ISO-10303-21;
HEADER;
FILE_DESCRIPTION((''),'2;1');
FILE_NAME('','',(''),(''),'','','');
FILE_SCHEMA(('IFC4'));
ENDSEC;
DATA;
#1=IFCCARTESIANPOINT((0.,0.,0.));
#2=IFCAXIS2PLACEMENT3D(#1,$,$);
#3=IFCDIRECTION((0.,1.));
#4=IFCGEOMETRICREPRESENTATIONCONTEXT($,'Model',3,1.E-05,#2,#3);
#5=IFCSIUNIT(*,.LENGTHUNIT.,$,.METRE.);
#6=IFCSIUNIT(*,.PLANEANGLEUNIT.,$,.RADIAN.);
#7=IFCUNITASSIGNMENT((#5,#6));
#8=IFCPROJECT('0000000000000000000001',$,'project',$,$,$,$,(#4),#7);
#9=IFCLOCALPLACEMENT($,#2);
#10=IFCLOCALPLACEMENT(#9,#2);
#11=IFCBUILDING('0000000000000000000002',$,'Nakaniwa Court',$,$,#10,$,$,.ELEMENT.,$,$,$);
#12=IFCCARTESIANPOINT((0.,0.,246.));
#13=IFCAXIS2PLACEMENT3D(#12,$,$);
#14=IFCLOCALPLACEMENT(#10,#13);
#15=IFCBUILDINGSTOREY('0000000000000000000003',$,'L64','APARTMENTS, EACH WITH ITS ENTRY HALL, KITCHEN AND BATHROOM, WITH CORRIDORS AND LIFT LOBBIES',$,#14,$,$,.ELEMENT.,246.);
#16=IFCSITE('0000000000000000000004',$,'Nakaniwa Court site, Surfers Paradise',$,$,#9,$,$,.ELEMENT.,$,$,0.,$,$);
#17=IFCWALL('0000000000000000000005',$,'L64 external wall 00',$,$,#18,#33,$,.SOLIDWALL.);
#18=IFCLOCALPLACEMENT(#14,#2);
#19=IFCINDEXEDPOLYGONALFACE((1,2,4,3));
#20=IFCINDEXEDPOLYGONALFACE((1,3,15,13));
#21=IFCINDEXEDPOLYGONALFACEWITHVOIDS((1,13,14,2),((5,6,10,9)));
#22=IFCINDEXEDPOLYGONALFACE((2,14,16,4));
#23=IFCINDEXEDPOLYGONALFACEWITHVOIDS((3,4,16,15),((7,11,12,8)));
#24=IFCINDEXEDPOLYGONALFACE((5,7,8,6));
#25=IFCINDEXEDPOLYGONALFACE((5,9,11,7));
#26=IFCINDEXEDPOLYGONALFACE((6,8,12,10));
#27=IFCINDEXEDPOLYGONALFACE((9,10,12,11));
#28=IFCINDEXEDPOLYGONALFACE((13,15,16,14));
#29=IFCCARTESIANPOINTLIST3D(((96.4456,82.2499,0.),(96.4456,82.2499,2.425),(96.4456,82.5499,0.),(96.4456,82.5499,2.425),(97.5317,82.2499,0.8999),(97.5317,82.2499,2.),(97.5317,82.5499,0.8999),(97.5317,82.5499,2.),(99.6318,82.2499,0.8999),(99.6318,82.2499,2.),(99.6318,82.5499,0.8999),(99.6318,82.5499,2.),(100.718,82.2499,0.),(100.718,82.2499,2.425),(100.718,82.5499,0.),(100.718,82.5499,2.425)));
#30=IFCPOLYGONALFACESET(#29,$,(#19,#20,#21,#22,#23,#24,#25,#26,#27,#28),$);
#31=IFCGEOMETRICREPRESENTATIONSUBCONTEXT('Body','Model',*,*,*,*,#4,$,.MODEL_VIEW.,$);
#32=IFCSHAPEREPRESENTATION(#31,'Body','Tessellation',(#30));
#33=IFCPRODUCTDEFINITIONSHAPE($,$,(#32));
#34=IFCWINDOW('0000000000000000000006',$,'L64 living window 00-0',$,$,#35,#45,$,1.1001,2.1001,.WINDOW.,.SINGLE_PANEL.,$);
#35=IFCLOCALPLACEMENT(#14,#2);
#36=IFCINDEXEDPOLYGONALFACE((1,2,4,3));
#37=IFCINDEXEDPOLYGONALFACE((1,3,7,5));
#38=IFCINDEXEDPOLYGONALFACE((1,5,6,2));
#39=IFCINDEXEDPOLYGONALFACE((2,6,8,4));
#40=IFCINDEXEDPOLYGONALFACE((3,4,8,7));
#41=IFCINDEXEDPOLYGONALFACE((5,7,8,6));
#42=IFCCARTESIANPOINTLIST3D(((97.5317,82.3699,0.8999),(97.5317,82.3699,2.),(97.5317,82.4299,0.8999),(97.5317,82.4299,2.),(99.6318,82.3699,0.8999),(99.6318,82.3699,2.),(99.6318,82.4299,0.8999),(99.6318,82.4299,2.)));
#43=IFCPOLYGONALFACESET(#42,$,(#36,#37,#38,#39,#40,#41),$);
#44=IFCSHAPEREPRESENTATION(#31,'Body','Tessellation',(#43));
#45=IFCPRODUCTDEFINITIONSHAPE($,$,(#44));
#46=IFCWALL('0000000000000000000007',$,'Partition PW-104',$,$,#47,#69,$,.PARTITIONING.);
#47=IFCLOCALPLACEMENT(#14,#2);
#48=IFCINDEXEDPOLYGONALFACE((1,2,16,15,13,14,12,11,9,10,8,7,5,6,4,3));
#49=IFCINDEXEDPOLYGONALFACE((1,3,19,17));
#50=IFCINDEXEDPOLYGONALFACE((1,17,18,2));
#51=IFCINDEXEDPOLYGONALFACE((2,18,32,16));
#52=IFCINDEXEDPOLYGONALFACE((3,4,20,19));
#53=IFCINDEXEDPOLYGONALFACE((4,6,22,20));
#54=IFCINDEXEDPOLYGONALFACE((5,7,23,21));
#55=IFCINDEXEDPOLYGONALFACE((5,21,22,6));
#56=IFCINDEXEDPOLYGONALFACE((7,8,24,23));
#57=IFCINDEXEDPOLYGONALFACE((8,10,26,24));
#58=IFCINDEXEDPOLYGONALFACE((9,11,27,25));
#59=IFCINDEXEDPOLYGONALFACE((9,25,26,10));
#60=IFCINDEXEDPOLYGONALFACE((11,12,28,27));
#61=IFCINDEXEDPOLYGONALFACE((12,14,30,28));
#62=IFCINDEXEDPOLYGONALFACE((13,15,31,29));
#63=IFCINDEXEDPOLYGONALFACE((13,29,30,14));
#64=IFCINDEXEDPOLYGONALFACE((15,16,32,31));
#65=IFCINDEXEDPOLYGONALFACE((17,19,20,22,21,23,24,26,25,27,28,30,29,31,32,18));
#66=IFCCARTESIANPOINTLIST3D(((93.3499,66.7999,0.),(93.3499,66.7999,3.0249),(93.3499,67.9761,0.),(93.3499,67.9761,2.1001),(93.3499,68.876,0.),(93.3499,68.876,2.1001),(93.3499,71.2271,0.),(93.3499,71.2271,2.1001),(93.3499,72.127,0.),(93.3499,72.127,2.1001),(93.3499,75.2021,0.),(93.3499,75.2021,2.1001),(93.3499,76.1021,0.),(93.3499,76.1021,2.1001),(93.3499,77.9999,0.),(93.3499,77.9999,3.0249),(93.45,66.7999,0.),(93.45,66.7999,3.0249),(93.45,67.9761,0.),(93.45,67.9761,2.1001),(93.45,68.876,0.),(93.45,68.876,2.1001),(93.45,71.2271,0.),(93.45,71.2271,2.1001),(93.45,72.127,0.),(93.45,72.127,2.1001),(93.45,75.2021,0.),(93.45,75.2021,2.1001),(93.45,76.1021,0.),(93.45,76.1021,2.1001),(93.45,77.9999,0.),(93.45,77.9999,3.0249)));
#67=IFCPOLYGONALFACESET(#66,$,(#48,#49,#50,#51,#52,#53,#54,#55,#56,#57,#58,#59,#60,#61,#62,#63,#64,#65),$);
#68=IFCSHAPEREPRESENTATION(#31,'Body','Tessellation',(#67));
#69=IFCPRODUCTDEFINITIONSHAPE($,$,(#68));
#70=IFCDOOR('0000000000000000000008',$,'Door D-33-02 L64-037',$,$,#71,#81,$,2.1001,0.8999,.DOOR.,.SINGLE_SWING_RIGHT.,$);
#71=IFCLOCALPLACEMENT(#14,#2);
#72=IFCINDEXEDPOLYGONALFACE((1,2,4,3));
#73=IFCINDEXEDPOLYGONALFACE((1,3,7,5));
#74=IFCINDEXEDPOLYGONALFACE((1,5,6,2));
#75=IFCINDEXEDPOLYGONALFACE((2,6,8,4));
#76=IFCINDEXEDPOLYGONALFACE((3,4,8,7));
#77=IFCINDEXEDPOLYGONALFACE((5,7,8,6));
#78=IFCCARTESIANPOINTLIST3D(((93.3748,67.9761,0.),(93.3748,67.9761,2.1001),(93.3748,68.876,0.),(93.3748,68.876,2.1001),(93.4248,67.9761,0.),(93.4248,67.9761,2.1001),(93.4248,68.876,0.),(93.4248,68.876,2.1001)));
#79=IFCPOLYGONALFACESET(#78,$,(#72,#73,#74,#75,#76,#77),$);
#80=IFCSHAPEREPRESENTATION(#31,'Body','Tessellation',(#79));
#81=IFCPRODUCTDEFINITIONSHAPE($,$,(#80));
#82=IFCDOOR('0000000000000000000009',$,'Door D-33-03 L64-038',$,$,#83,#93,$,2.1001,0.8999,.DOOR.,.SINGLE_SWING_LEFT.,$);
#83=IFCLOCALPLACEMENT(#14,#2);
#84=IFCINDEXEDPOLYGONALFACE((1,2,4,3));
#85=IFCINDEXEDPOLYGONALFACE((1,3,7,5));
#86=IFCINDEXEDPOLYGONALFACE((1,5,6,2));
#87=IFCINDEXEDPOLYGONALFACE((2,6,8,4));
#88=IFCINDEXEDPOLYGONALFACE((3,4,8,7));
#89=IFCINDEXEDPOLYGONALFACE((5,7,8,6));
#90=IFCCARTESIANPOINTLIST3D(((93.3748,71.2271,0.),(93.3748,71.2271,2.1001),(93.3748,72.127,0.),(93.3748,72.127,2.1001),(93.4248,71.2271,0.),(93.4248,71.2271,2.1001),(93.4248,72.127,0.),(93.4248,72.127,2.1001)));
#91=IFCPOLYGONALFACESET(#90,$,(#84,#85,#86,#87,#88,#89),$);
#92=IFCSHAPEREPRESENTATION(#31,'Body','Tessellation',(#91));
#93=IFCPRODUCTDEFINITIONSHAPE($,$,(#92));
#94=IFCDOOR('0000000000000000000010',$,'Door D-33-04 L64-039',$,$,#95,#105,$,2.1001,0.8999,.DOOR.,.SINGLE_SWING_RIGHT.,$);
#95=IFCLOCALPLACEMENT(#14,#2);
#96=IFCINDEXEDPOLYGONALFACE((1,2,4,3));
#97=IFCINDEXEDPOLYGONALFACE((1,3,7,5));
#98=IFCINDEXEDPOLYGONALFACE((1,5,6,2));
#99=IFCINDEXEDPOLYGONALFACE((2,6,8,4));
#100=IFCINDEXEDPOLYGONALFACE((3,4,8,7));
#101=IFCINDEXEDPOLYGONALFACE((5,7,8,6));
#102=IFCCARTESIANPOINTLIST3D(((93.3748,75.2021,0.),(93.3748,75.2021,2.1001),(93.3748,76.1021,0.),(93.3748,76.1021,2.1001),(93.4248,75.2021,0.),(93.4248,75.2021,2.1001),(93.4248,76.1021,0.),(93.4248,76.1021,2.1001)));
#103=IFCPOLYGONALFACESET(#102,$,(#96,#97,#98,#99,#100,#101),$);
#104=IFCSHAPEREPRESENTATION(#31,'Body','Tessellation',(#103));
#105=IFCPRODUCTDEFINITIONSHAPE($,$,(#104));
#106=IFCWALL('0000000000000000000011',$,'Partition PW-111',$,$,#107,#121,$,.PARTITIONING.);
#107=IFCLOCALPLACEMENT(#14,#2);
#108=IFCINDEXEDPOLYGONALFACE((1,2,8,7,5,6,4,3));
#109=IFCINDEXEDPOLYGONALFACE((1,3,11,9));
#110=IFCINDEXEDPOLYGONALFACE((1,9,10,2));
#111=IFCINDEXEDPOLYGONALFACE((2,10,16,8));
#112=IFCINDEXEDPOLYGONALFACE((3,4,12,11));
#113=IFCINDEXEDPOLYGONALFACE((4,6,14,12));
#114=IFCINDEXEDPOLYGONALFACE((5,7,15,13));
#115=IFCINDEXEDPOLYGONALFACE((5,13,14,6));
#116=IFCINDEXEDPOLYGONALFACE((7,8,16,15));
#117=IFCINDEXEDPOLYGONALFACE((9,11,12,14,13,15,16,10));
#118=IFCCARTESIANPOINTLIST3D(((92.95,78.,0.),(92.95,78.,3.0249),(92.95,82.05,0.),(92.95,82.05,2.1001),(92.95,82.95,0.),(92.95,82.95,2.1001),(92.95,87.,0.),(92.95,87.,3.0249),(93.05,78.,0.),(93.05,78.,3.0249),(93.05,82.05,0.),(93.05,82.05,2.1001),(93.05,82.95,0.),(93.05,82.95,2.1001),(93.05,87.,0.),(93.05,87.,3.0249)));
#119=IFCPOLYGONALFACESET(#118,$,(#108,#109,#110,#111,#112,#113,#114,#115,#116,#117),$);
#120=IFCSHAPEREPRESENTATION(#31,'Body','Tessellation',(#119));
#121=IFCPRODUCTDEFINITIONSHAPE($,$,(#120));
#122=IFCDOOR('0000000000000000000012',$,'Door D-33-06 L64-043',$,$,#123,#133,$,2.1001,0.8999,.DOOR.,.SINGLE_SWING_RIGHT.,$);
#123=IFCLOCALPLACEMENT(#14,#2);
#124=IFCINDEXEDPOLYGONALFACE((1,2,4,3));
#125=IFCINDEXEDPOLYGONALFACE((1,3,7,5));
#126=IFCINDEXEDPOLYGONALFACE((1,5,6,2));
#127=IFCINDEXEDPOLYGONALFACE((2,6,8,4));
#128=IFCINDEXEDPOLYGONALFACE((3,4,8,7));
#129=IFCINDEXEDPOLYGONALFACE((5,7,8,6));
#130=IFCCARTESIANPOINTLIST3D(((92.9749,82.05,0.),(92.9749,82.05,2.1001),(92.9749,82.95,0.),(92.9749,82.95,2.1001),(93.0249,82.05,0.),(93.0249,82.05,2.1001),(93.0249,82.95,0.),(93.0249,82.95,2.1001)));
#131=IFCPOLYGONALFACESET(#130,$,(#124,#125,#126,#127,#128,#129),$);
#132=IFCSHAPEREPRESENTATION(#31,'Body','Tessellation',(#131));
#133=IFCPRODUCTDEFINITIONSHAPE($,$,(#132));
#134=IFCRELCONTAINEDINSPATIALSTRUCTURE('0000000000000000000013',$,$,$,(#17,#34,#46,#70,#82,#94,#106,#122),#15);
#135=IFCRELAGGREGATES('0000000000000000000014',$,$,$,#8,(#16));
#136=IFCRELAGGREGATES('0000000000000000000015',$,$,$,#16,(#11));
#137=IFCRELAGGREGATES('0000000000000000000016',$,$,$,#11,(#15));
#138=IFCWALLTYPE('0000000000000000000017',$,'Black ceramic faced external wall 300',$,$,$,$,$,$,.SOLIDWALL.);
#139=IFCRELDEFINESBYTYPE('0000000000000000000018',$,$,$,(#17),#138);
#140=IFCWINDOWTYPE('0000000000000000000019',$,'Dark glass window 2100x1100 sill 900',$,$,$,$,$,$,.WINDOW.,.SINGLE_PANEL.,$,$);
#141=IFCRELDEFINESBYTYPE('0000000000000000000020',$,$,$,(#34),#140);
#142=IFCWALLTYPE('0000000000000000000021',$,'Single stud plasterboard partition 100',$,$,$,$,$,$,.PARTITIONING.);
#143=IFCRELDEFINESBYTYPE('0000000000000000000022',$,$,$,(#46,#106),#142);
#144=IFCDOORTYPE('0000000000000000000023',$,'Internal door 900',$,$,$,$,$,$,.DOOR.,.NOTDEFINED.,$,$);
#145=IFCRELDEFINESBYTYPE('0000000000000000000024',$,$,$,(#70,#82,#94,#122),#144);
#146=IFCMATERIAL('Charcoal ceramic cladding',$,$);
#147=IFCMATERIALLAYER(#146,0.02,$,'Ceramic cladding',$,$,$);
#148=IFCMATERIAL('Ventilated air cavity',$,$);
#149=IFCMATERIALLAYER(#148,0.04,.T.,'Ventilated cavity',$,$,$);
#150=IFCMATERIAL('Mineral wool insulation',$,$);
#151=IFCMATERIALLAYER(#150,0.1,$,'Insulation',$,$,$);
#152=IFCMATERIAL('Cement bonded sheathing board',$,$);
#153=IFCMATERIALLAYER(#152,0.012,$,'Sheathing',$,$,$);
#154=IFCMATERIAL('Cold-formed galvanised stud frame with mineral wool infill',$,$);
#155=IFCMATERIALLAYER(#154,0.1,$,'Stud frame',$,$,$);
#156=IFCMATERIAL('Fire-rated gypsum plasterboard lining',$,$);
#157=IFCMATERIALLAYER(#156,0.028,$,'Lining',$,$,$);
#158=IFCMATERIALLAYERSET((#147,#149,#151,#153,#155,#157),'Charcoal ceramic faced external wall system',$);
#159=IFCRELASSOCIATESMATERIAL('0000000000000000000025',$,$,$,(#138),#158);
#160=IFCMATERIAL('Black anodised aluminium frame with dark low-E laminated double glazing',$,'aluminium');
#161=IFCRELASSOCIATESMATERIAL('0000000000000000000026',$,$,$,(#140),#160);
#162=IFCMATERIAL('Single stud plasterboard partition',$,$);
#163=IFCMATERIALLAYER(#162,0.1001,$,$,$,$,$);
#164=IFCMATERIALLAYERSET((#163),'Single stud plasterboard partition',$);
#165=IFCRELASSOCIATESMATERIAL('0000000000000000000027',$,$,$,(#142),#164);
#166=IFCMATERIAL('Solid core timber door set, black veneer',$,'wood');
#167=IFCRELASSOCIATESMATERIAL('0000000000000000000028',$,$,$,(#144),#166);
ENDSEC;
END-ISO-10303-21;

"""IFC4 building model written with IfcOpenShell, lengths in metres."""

from ifc_helpers import new_model, si_unit, direction, frame, frame_2d, origin, place, context, subcontext, project, spatial, rectangle, extrude, material, layer, layer_set, type_object, element, fill, save


model = new_model("IFC4")

# Units and contexts
model_context = context("Model", 3, precision=1e-05, world=origin(), true_north=direction((0.0, 1.0)))
body_context = subcontext(model_context, "Body", "Model", "MODEL_VIEW")
ifc_project = project(units=[si_unit("LENGTHUNIT", "METRE"), si_unit("PLANEANGLEUNIT", "RADIAN")], contexts=[model_context])

# Site, building, storey
site_placement = place(None, origin())
site = spatial("IfcSite", under=ifc_project, at=site_placement, Name="Nakaniwa Court site, Surfers Paradise", CompositionType="ELEMENT", RefElevation=0.0)
building_placement = place(site_placement, origin())
building = spatial("IfcBuilding", under=site, at=building_placement, Name="Nakaniwa Court", CompositionType="ELEMENT")
storey_placement = place(building_placement, frame((0.0, 0.0, 246.0)))
storey = spatial("IfcBuildingStorey", under=building, at=storey_placement, Name="L64", Description="APARTMENTS, EACH WITH ITS ENTRY HALL, KITCHEN AND BATHROOM, WITH CORRIDORS AND LIFT LOBBIES", CompositionType="ELEMENT", Elevation=246.0)

# Shared definitions
ifc_material_1 = material(Name="Solid core timber door set, black veneer", Category="wood")

# Wall, opening, window
ifc_material_2 = material(Name="Charcoal ceramic cladding")
ifc_layer_1 = layer(ifc_material_2, 0.02, Name="Ceramic cladding")
ifc_material_3 = material(Name="Ventilated air cavity")
ifc_layer_2 = layer(ifc_material_3, 0.04, ventilated=True, Name="Ventilated cavity")
ifc_material_4 = material(Name="Mineral wool insulation")
ifc_layer_3 = layer(ifc_material_4, 0.1, Name="Insulation")
ifc_material_5 = material(Name="Cement bonded sheathing board")
ifc_layer_4 = layer(ifc_material_5, 0.012, Name="Sheathing")
ifc_material_6 = material(Name="Cold-formed galvanised stud frame with mineral wool infill")
ifc_layer_5 = layer(ifc_material_6, 0.1, Name="Stud frame")
ifc_material_7 = material(Name="Fire-rated gypsum plasterboard lining")
ifc_layer_6 = layer(ifc_material_7, 0.028, Name="Lining")
ifc_layer_set_1 = layer_set([ifc_layer_1, ifc_layer_2, ifc_layer_3, ifc_layer_4, ifc_layer_5, ifc_layer_6], Name="Charcoal ceramic faced external wall system")
wall_type_1 = type_object("IfcWallType", Name="Black ceramic faced external wall 300", PredefinedType="SOLIDWALL", material=ifc_layer_set_1)
wall_1_placement = place(storey_placement, frame((96.4456, 82.3999, 0.0), z_axis=(0.0, 0.0, 1.0), x_axis=(1.0, 0.0, 0.0)))
wall_1 = element("IfcWall", 1, at=wall_1_placement, inside=storey, type_object=wall_type_1, Name="L64 external wall 00", PredefinedType="SOLIDWALL", context=body_context, shape_type="SweptSolid", body=[
    extrude(rectangle(XDim=4.2725, YDim=0.3, at=frame_2d((2.1362, 0.0))), origin(), (0.0, 0.0, 1.0), 2.425),
])
opening_1_placement = place(wall_1_placement, frame((1.0862, 0.0, 0.8999)))
opening_1 = element("IfcOpeningElement", 2, at=opening_1_placement, cuts=wall_1, PredefinedType="OPENING", context=body_context, shape_type="SweptSolid", body=[
    extrude(rectangle(XDim=2.1001, YDim=1.1001, at=frame_2d((1.05, 0.55))), frame((0.0, 0.1599, 0.0), z_axis=(0.0, -1.0, 0.0), x_axis=(1.0, 0.0, 0.0)), (0.0, 0.0, 1.0), 0.3201),
])
ifc_material_8 = material(Name="Black anodised aluminium frame with dark low-E laminated double glazing", Category="aluminium")
window_type = type_object("IfcWindowType", Name="Dark glass window 2100x1100 sill 900", PartitioningType="SINGLE_PANEL", PredefinedType="WINDOW", material=ifc_material_8)
window_placement = place(opening_1_placement, origin())
window = element("IfcWindow", 3, at=window_placement, inside=storey, type_object=window_type, Name="L64 living window 00-0", OverallHeight=1.1001, OverallWidth=2.1001, PartitioningType="SINGLE_PANEL", PredefinedType="WINDOW", context=body_context, shape_type="SweptSolid", body=[
    extrude(rectangle(XDim=2.1001, YDim=1.1001, at=frame_2d((1.05, 0.55))), frame((0.0, 0.03, 0.0), z_axis=(0.0, -1.0, 0.0), x_axis=(1.0, 0.0, 0.0)), (0.0, 0.0, 1.0), 0.0601),
])
fill(opening_1, window)

# Wall, openings, doors
ifc_material_9 = material(Name="Single stud plasterboard partition")
ifc_layer_7 = layer(ifc_material_9, 0.1001)
ifc_layer_set_2 = layer_set([ifc_layer_7], Name="Single stud plasterboard partition")
wall_type_2 = type_object("IfcWallType", Name="Single stud plasterboard partition 100", PredefinedType="PARTITIONING", material=ifc_layer_set_2)
wall_2_placement = place(storey_placement, frame((93.3999, 78.0, 0.0), z_axis=(0.0, 0.0, 1.0), x_axis=(0.0, -1.0, 0.0)))
wall_2 = element("IfcWall", 4, at=wall_2_placement, inside=storey, type_object=wall_type_2, Name="Partition PW-104", PredefinedType="PARTITIONING", context=body_context, shape_type="SweptSolid", body=[
    extrude(rectangle(XDim=11.2, YDim=0.1001, at=frame_2d((5.6001, 0.0))), origin(), (0.0, 0.0, 1.0), 3.0249),
])
opening_2_placement = place(wall_2_placement, frame((9.124, 0.0, 0.0)))
opening_2 = element("IfcOpeningElement", 5, at=opening_2_placement, cuts=wall_2, PredefinedType="OPENING", context=body_context, shape_type="SweptSolid", body=[
    extrude(rectangle(XDim=0.8999, YDim=2.1001, at=frame_2d((0.45, 1.05))), frame((0.0, 0.0601, 0.0), z_axis=(0.0, -1.0, 0.0), x_axis=(1.0, 0.0, 0.0)), (0.0, 0.0, 1.0), 0.1201),
])
opening_3_placement = place(wall_2_placement, frame((5.873, 0.0, 0.0)))
opening_3 = element("IfcOpeningElement", 6, at=opening_3_placement, cuts=wall_2, PredefinedType="OPENING", context=body_context, shape_type="SweptSolid", body=[
    extrude(rectangle(XDim=0.8999, YDim=2.1001, at=frame_2d((0.45, 1.05))), frame((0.0, 0.0601, 0.0), z_axis=(0.0, -1.0, 0.0), x_axis=(1.0, 0.0, 0.0)), (0.0, 0.0, 1.0), 0.1201),
])
opening_4_placement = place(wall_2_placement, frame((1.8979, 0.0, 0.0)))
opening_4 = element("IfcOpeningElement", 7, at=opening_4_placement, cuts=wall_2, PredefinedType="OPENING", context=body_context, shape_type="SweptSolid", body=[
    extrude(rectangle(XDim=0.8999, YDim=2.1001, at=frame_2d((0.45, 1.05))), frame((0.0, 0.0601, 0.0), z_axis=(0.0, -1.0, 0.0), x_axis=(1.0, 0.0, 0.0)), (0.0, 0.0, 1.0), 0.1201),
])
door_type_1 = type_object("IfcDoorType", Name="Internal door 900", OperationType="NOTDEFINED", PredefinedType="DOOR", material=ifc_material_1)
door_1_placement = place(opening_2_placement, origin())
door_1 = element("IfcDoor", 8, at=door_1_placement, inside=storey, type_object=door_type_1, Name="Door D-33-02 L64-037", OperationType="SINGLE_SWING_RIGHT", OverallHeight=2.1001, OverallWidth=0.8999, PredefinedType="DOOR", context=body_context, shape_type="SweptSolid", body=[
    extrude(rectangle(XDim=0.8999, YDim=2.1001, at=frame_2d((0.45, 1.05))), frame((0.0, 0.0249, 0.0), z_axis=(0.0, -1.0, 0.0), x_axis=(1.0, 0.0, 0.0)), (0.0, 0.0, 1.0), 0.05),
])
fill(opening_2, door_1)
door_2_placement = place(opening_3_placement, origin())
door_2 = element("IfcDoor", 9, at=door_2_placement, inside=storey, type_object=door_type_1, Name="Door D-33-03 L64-038", OperationType="SINGLE_SWING_LEFT", OverallHeight=2.1001, OverallWidth=0.8999, PredefinedType="DOOR", context=body_context, shape_type="SweptSolid", body=[
    extrude(rectangle(XDim=0.8999, YDim=2.1001, at=frame_2d((0.45, 1.05))), frame((0.0, 0.0249, 0.0), z_axis=(0.0, -1.0, 0.0), x_axis=(1.0, 0.0, 0.0)), (0.0, 0.0, 1.0), 0.05),
])
fill(opening_3, door_2)
door_3_placement = place(opening_4_placement, origin())
door_3 = element("IfcDoor", 10, at=door_3_placement, inside=storey, type_object=door_type_1, Name="Door D-33-04 L64-039", OperationType="SINGLE_SWING_RIGHT", OverallHeight=2.1001, OverallWidth=0.8999, PredefinedType="DOOR", context=body_context, shape_type="SweptSolid", body=[
    extrude(rectangle(XDim=0.8999, YDim=2.1001, at=frame_2d((0.45, 1.05))), frame((0.0, 0.0249, 0.0), z_axis=(0.0, -1.0, 0.0), x_axis=(1.0, 0.0, 0.0)), (0.0, 0.0, 1.0), 0.05),
])
fill(opening_4, door_3)

# Wall, opening, door
wall_3_placement = place(storey_placement, frame((93.0, 87.0, 0.0), z_axis=(0.0, 0.0, 1.0), x_axis=(0.0, -1.0, 0.0)))
wall_3 = element("IfcWall", 11, at=wall_3_placement, inside=storey, type_object=wall_type_2, Name="Partition PW-111", PredefinedType="PARTITIONING", context=body_context, shape_type="SweptSolid", body=[
    extrude(rectangle(XDim=9.0, YDim=0.1001, at=frame_2d((4.5, 0.0))), origin(), (0.0, 0.0, 1.0), 3.0249),
])
opening_5_placement = place(wall_3_placement, frame((4.05, 0.0, 0.0)))
opening_5 = element("IfcOpeningElement", 12, at=opening_5_placement, cuts=wall_3, PredefinedType="OPENING", context=body_context, shape_type="SweptSolid", body=[
    extrude(rectangle(XDim=0.8999, YDim=2.1001, at=frame_2d((0.45, 1.05))), frame((0.0, 0.0601, 0.0), z_axis=(0.0, -1.0, 0.0), x_axis=(1.0, 0.0, 0.0)), (0.0, 0.0, 1.0), 0.1201),
])
door_4_placement = place(opening_5_placement, origin())
door_4 = element("IfcDoor", 13, at=door_4_placement, inside=storey, type_object=door_type_1, Name="Door D-33-06 L64-043", OperationType="SINGLE_SWING_RIGHT", OverallHeight=2.1001, OverallWidth=0.8999, PredefinedType="DOOR", context=body_context, shape_type="SweptSolid", body=[
    extrude(rectangle(XDim=0.8999, YDim=2.1001, at=frame_2d((0.45, 1.05))), frame((0.0, 0.0249, 0.0), z_axis=(0.0, -1.0, 0.0), x_axis=(1.0, 0.0, 0.0)), (0.0, 0.0, 1.0), 0.05),
])
fill(opening_5, door_4)

save(model, "model.ifc")
